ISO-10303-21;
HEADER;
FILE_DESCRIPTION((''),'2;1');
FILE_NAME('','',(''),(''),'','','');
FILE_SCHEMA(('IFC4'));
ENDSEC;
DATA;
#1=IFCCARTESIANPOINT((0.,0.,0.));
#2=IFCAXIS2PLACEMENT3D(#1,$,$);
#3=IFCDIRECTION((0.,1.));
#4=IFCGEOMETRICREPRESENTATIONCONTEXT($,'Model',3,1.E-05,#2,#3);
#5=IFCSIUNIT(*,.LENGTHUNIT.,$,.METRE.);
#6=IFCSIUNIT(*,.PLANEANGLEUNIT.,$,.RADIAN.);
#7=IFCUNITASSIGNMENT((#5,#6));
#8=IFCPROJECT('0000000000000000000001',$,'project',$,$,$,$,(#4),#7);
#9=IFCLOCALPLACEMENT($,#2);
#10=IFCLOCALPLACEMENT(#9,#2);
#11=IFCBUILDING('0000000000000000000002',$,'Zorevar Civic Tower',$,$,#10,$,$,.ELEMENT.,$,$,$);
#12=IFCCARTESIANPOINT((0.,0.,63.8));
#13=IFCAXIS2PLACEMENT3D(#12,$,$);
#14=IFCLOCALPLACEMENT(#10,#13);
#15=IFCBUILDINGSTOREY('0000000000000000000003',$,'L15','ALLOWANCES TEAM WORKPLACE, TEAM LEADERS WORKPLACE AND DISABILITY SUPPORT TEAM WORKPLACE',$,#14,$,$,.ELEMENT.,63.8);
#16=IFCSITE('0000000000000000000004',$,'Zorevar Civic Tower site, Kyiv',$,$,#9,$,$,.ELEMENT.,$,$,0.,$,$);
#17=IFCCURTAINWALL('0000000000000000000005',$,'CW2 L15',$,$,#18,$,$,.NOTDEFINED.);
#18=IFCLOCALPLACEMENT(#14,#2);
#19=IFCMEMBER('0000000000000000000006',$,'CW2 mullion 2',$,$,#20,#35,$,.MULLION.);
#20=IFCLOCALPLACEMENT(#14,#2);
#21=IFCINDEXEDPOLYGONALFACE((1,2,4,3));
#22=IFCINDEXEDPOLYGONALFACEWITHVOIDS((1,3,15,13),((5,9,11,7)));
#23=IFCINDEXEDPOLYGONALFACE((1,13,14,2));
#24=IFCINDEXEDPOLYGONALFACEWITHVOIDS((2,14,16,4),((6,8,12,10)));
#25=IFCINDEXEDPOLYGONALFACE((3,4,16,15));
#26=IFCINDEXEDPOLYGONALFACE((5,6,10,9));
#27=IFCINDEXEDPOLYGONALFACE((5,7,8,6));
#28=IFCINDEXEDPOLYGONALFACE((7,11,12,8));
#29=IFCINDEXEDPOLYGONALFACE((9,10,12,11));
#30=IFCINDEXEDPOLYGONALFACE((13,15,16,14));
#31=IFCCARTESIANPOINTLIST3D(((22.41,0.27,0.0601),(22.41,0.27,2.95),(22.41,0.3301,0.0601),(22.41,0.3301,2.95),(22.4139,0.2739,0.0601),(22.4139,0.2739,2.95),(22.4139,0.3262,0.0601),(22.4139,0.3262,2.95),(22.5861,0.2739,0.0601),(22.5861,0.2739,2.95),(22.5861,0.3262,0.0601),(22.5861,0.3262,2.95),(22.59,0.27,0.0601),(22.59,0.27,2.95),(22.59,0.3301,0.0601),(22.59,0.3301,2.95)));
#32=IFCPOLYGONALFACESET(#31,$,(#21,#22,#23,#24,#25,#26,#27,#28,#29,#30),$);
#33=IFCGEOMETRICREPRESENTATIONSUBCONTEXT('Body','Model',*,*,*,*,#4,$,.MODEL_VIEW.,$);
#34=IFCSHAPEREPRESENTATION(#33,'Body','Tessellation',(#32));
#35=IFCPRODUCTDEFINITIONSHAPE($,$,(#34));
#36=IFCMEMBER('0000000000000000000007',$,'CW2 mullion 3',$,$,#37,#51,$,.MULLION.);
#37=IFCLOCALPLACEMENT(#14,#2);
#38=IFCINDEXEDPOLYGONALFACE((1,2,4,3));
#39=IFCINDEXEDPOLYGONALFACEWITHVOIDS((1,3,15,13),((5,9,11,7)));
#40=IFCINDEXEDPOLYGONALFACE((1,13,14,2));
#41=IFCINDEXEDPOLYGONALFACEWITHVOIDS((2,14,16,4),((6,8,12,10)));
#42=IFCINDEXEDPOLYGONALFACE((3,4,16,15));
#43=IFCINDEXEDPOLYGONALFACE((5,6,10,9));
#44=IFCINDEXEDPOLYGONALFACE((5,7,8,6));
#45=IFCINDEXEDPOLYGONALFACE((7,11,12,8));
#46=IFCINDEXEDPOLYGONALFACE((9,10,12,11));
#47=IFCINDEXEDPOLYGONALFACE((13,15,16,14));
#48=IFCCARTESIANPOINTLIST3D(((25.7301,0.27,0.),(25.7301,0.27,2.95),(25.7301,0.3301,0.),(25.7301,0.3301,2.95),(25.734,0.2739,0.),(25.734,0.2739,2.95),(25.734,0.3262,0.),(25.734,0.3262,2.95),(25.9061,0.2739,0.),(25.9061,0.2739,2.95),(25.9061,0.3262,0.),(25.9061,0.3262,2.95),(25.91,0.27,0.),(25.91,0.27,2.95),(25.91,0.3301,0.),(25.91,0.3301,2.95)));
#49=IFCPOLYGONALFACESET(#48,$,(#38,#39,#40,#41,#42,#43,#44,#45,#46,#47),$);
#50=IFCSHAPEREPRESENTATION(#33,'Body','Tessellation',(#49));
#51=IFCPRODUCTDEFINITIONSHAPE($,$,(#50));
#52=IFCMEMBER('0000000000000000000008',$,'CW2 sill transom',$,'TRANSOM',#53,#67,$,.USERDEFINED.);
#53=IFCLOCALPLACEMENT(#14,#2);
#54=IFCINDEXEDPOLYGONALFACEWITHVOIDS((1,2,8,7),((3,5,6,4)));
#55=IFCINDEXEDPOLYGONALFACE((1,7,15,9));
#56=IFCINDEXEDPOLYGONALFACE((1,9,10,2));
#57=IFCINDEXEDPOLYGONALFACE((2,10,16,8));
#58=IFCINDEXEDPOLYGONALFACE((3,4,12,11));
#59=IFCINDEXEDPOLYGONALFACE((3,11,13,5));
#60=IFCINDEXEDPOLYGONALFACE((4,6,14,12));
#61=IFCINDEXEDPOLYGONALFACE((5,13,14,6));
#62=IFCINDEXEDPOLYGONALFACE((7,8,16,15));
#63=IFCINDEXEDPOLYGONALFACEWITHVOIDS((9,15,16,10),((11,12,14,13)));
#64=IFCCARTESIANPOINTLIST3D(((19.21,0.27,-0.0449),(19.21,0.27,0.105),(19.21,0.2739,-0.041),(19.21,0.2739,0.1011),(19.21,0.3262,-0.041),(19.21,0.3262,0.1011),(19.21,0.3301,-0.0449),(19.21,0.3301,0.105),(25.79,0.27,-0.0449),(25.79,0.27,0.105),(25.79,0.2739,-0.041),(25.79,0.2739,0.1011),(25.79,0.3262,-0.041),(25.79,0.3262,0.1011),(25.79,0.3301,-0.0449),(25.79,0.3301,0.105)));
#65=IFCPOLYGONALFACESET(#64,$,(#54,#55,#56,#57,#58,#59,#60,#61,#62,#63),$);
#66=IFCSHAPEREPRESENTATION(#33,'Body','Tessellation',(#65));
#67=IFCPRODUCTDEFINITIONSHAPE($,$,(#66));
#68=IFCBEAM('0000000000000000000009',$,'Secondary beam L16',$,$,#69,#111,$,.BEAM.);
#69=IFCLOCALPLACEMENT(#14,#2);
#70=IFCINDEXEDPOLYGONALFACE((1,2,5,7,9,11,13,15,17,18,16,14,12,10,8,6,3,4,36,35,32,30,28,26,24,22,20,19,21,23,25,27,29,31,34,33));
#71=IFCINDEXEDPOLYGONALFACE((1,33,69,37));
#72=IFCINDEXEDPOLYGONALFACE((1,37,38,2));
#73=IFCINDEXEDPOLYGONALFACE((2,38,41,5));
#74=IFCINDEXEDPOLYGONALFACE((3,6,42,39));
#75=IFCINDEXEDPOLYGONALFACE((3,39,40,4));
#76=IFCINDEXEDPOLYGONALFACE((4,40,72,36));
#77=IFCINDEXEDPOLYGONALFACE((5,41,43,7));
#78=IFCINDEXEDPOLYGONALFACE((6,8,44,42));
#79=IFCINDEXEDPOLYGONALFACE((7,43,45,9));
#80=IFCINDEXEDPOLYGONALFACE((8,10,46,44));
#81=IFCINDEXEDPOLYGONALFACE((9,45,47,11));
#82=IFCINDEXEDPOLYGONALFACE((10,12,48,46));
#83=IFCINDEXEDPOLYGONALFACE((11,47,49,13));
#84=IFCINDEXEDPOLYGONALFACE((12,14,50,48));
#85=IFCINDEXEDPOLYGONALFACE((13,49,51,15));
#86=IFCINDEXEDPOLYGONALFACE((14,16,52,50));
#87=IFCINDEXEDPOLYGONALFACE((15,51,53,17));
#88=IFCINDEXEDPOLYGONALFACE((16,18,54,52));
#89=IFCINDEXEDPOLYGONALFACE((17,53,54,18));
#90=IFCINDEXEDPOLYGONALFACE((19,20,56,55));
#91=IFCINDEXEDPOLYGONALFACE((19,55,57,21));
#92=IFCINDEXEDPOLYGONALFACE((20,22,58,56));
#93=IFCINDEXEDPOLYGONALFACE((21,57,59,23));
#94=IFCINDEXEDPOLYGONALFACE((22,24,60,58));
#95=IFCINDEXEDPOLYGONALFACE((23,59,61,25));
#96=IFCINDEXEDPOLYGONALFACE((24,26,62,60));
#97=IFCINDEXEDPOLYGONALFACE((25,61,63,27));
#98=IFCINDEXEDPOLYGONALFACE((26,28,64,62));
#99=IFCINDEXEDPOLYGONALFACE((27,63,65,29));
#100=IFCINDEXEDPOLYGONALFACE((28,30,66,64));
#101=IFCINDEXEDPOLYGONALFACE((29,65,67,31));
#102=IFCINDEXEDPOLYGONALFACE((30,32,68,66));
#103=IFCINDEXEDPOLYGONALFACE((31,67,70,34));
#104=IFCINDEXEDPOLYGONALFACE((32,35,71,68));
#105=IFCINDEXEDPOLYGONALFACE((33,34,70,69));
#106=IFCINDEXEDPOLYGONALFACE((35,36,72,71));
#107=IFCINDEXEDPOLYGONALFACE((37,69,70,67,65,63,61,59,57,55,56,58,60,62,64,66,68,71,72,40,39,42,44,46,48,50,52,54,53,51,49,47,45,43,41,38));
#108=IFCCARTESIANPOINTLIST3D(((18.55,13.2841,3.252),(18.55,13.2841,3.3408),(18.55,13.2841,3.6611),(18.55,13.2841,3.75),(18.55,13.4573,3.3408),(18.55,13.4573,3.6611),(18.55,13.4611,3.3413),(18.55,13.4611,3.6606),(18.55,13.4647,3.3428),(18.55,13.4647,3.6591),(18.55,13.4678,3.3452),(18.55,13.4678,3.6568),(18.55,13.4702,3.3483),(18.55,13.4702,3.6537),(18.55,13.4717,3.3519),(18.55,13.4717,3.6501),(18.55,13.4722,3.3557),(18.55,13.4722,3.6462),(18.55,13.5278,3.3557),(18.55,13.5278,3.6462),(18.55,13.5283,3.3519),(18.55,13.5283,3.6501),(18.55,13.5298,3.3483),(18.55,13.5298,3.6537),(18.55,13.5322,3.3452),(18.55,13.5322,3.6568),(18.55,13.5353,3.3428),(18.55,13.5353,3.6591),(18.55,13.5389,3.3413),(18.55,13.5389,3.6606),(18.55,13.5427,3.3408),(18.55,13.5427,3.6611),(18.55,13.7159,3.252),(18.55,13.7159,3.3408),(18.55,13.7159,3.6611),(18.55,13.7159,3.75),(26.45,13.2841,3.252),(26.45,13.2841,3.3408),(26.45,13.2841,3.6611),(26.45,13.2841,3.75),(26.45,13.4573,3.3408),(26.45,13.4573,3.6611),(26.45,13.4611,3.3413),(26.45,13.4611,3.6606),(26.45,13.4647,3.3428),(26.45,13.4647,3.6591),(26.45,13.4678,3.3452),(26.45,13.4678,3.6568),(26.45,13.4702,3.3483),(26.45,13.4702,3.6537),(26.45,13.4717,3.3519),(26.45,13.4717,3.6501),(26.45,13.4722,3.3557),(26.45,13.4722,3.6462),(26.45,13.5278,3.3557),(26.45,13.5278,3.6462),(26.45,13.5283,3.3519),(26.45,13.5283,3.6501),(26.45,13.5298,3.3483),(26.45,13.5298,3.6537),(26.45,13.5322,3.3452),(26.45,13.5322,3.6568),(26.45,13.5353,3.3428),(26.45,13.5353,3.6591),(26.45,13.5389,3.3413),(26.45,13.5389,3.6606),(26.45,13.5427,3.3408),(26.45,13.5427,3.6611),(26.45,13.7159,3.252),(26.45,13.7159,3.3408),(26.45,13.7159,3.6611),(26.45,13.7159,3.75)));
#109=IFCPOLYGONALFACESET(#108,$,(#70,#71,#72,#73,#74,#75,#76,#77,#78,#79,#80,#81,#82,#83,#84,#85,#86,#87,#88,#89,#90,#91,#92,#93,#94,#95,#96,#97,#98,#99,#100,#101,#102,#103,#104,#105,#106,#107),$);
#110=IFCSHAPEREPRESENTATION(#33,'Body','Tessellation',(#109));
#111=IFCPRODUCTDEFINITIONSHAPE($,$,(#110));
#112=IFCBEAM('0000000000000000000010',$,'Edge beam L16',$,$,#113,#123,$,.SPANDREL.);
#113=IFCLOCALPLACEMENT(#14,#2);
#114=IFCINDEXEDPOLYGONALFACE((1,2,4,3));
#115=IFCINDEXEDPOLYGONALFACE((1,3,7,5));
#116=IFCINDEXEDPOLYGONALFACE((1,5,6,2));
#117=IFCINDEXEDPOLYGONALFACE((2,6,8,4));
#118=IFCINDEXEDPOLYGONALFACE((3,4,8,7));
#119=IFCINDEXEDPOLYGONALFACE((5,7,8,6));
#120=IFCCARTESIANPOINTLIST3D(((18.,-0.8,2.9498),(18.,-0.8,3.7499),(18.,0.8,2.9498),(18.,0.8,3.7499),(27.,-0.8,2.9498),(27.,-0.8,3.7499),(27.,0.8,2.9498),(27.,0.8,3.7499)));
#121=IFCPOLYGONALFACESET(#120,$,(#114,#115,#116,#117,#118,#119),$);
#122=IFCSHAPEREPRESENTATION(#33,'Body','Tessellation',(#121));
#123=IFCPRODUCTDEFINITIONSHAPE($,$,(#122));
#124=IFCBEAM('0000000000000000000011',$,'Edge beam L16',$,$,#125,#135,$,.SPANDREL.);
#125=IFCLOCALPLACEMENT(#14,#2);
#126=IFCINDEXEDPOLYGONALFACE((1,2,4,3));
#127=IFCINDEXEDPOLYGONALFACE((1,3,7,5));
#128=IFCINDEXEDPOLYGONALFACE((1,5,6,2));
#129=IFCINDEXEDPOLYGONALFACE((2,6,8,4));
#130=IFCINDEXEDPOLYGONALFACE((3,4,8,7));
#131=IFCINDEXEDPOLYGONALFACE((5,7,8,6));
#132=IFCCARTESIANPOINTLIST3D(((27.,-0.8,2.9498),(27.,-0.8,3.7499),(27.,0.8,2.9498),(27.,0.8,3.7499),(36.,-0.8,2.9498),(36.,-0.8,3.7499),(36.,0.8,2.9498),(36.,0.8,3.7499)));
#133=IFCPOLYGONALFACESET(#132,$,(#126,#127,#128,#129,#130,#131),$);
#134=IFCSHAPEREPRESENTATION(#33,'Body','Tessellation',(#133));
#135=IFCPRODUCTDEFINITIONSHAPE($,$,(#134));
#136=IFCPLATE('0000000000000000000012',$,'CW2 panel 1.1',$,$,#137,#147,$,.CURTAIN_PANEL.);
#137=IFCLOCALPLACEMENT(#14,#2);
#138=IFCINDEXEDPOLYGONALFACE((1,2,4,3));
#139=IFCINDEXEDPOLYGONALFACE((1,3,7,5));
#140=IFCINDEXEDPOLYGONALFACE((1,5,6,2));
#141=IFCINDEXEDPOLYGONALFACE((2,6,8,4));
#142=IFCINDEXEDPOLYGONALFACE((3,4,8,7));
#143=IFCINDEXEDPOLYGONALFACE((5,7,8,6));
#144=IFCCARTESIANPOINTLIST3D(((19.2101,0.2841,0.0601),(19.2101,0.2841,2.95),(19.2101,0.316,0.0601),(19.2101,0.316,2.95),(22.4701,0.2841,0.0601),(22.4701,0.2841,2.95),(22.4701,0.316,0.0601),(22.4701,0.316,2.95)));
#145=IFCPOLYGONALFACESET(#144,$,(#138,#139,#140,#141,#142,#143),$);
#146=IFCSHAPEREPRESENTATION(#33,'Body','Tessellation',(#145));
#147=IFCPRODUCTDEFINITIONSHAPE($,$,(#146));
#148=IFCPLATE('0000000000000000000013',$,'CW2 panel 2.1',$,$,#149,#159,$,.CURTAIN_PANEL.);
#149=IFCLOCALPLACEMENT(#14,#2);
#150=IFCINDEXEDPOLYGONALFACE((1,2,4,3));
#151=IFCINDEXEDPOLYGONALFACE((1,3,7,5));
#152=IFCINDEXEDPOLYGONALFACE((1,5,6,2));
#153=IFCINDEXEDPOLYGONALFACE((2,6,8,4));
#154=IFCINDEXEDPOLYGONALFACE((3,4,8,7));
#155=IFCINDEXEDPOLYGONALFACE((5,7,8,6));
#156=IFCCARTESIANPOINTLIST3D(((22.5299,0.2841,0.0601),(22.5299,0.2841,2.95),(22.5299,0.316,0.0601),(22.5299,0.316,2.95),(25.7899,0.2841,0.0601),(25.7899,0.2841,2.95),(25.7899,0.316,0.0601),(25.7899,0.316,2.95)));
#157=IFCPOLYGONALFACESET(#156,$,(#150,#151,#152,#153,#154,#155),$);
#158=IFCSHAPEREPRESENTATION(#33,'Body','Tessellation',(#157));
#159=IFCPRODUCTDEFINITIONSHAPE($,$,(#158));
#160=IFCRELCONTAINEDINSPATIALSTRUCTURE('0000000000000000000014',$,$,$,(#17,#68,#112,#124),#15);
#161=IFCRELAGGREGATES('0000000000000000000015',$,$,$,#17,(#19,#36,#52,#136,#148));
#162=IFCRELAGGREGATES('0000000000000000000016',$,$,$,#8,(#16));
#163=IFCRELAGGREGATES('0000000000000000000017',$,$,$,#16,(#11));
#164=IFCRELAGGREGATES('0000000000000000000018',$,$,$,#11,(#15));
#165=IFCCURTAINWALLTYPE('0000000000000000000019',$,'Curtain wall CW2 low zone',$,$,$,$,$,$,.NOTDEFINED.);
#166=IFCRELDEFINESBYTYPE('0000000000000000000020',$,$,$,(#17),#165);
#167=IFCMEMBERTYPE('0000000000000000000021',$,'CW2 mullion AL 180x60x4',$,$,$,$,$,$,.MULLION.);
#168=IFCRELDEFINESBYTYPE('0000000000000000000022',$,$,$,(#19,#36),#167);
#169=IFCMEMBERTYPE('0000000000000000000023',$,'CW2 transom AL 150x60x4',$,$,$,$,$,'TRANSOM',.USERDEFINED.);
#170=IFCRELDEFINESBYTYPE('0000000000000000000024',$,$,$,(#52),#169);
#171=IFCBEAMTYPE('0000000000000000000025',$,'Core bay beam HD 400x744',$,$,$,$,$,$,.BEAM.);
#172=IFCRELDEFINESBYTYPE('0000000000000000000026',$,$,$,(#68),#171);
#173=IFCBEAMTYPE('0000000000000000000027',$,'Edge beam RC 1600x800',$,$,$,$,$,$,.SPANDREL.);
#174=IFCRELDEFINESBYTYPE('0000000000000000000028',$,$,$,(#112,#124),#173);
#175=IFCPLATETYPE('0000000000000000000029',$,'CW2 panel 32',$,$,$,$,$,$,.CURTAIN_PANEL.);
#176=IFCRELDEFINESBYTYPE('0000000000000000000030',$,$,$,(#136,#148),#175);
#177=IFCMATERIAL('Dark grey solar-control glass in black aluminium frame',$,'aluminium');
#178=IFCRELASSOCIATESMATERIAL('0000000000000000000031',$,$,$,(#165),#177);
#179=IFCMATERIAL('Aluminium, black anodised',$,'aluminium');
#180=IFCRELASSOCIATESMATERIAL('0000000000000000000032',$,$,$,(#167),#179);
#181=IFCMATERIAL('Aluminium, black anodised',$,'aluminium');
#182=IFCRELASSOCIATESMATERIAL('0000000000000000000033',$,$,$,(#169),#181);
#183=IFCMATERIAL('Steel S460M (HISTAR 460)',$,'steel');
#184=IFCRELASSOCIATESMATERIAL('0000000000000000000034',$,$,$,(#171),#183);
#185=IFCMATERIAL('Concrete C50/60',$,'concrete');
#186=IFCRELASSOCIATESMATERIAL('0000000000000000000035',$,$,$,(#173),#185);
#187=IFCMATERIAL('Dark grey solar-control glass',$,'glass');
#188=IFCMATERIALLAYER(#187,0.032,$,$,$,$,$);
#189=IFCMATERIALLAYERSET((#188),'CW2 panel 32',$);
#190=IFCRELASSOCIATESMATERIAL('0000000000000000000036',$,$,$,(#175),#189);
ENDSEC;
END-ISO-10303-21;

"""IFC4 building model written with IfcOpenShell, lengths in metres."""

from ifc_helpers import new_model, si_unit, direction, frame, origin, origin_2d, place, context, subcontext, project, spatial, rectangle, hollow_rectangle, i_section, extrude, material, layer, layer_set, material_profile, profile_set, type_object, element, aggregate, save


model = new_model("IFC4")

# Units and contexts
model_context = context("Model", 3, precision=1e-05, world=origin(), true_north=direction((0.0, 1.0)))
body_context = subcontext(model_context, "Body", "Model", "MODEL_VIEW")
ifc_project = project(units=[si_unit("LENGTHUNIT", "METRE"), si_unit("PLANEANGLEUNIT", "RADIAN")], contexts=[model_context])

# Site, building, storey
site_placement = place(None, origin())
site = spatial("IfcSite", under=ifc_project, at=site_placement, Name="Zorevar Civic Tower site, Kyiv", CompositionType="ELEMENT", RefElevation=0.0)
building_placement = place(site_placement, origin())
building = spatial("IfcBuilding", under=site, at=building_placement, Name="Zorevar Civic Tower", CompositionType="ELEMENT")
storey_placement = place(building_placement, frame((0.0, 0.0, 63.8)))
storey = spatial("IfcBuildingStorey", under=building, at=storey_placement, Name="L15", Description="ALLOWANCES TEAM WORKPLACE, TEAM LEADERS WORKPLACE AND DISABILITY SUPPORT TEAM WORKPLACE", CompositionType="ELEMENT", Elevation=63.8)

# Shared definitions
ifc_material_1 = material(Name="Dark grey solar-control glass in black aluminium frame", Category="aluminium")
curtain_wall_type = type_object("IfcCurtainWallType", Name="Curtain wall CW2 low zone", PredefinedType="NOTDEFINED", material=ifc_material_1)
ifc_material_2 = material(Name="Aluminium, black anodised", Category="aluminium")
ifc_material_profile_1 = material_profile(ifc_material_2, hollow_rectangle(XDim=0.0601, YDim=0.1799, WallThickness=0.0039, at=origin_2d()), Name="AL 180x60x4")
ifc_profile_set_1 = profile_set([ifc_material_profile_1], Name="Aluminium, black anodised")
member_type_1 = type_object("IfcMemberType", Name="CW2 mullion AL 180x60x4", PredefinedType="MULLION", material=ifc_profile_set_1)

# Curtain wall, members
curtain_wall_1_placement = place(storey_placement, origin())
curtain_wall_1 = element("IfcCurtainWall", 1, at=curtain_wall_1_placement, inside=storey, type_object=curtain_wall_type, Name="CW2 L15", PredefinedType="NOTDEFINED")
member_1_placement = place(storey_placement, frame((22.5, 0.3, 0.0601), z_axis=(0.0, 0.0, 1.0), x_axis=(0.0, 1.0, 0.0)))
member_1 = element("IfcMember", 2, at=member_1_placement, type_object=member_type_1, Name="CW2 mullion 2", PredefinedType="MULLION", context=body_context, shape_type="SweptSolid", body=[
    extrude(hollow_rectangle(XDim=0.0601, YDim=0.1799, WallThickness=0.0039, at=origin_2d()), origin(), (0.0, 0.0, 1.0), 2.8899),
])
member_2_placement = place(storey_placement, frame((25.8201, 0.3, 0.0), z_axis=(0.0, 0.0, 1.0), x_axis=(0.0, 1.0, 0.0)))
member_2 = element("IfcMember", 3, at=member_2_placement, type_object=member_type_1, Name="CW2 mullion 3", PredefinedType="MULLION", context=body_context, shape_type="SweptSolid", body=[
    extrude(hollow_rectangle(XDim=0.0601, YDim=0.1799, WallThickness=0.0039, at=origin_2d()), origin(), (0.0, 0.0, 1.0), 2.95),
])
ifc_material_3 = material(Name="Aluminium, black anodised", Category="aluminium")
ifc_material_profile_2 = material_profile(ifc_material_3, hollow_rectangle(XDim=0.0601, YDim=0.1499, WallThickness=0.0039, at=origin_2d()), Name="AL 150x60x4")
ifc_profile_set_2 = profile_set([ifc_material_profile_2], Name="Aluminium, black anodised")
member_type_2 = type_object("IfcMemberType", Name="CW2 transom AL 150x60x4", ElementType="TRANSOM", PredefinedType="USERDEFINED", material=ifc_profile_set_2)
member_3_placement = place(storey_placement, frame((19.21, 0.3, 0.03), z_axis=(1.0, 0.0, 0.0), x_axis=(0.0, 1.0, 0.0)))
member_3 = element("IfcMember", 4, at=member_3_placement, type_object=member_type_2, Name="CW2 sill transom", ObjectType="TRANSOM", PredefinedType="USERDEFINED", context=body_context, shape_type="SweptSolid", body=[
    extrude(hollow_rectangle(XDim=0.0601, YDim=0.1499, WallThickness=0.0039, at=origin_2d()), origin(), (0.0, 0.0, 1.0), 6.5801),
])

# Beams
ifc_material_4 = material(Name="Steel S460M (HISTAR 460)", Category="steel")
ifc_material_profile_3 = material_profile(ifc_material_4, i_section(OverallWidth=0.4319, OverallDepth=0.498, WebThickness=0.0557, FlangeThickness=0.0889, FilletRadius=0.0149, at=origin_2d()), Name="HD 400x744")
ifc_profile_set_3 = profile_set([ifc_material_profile_3], Name="Steel S460M (HISTAR 460)")
beam_type_1 = type_object("IfcBeamType", Name="Core bay beam HD 400x744", PredefinedType="BEAM", material=ifc_profile_set_3)
beam_1_placement = place(storey_placement, frame((18.55, 13.5, 3.501), z_axis=(1.0, 0.0, 0.0), x_axis=(0.0, 1.0, 0.0)))
element("IfcBeam", 5, at=beam_1_placement, inside=storey, type_object=beam_type_1, Name="Secondary beam L16", PredefinedType="BEAM", context=body_context, shape_type="SweptSolid", body=[
    extrude(i_section(OverallWidth=0.4319, OverallDepth=0.498, WebThickness=0.0557, FlangeThickness=0.0889, FilletRadius=0.0149, at=origin_2d()), origin(), (0.0, 0.0, 1.0), 7.8999),
])
ifc_material_5 = material(Name="Concrete C50/60", Category="concrete")
ifc_material_profile_4 = material_profile(ifc_material_5, rectangle(XDim=1.6001, YDim=0.8, at=origin_2d()), Name="RC 1600x800")
ifc_profile_set_4 = profile_set([ifc_material_profile_4], Name="Concrete C50/60")
beam_type_2 = type_object("IfcBeamType", Name="Edge beam RC 1600x800", PredefinedType="SPANDREL", material=ifc_profile_set_4)
for number, where, z_axis, x_axis, name in (
    (6, (18.0, 0.0, 3.3499), (1.0, 0.0, 0.0), (0.0, 1.0, 0.0), "Edge beam L16"),
    (7, (27.0, 0.0, 3.3499), (1.0, 0.0, 0.0), (0.0, 1.0, 0.0), "Edge beam L16"),
):
    element("IfcBeam", number, at=place(storey_placement, frame(where, z_axis=z_axis, x_axis=x_axis)), inside=storey, type_object=beam_type_2, Name=name, PredefinedType="SPANDREL", context=body_context, shape_type="SweptSolid", body=[
        extrude(rectangle(XDim=1.6001, YDim=0.8, at=origin_2d()), origin(), (0.0, 0.0, 1.0), 9.0),
    ])

# Plates
ifc_material_6 = material(Name="Dark grey solar-control glass", Category="glass")
ifc_layer_1 = layer(ifc_material_6, 0.032)
ifc_layer_set_1 = layer_set([ifc_layer_1], Name="CW2 panel 32")
plate_type = type_object("IfcPlateType", Name="CW2 panel 32", PredefinedType="CURTAIN_PANEL", material=ifc_layer_set_1)
plate_1_placement = place(storey_placement, frame((20.8401, 0.3, 0.0601), z_axis=(0.0, 0.0, 1.0), x_axis=(1.0, 0.0, 0.0)))
plate_1 = element("IfcPlate", 8, at=plate_1_placement, type_object=plate_type, Name="CW2 panel 1.1", PredefinedType="CURTAIN_PANEL", context=body_context, shape_type="SweptSolid", body=[
    extrude(rectangle(XDim=3.26, YDim=0.032, at=origin_2d()), origin(), (0.0, 0.0, 1.0), 2.8899),
])
plate_2_placement = place(storey_placement, frame((24.1599, 0.3, 0.0601), z_axis=(0.0, 0.0, 1.0), x_axis=(1.0, 0.0, 0.0)))
plate_2 = element("IfcPlate", 9, at=plate_2_placement, type_object=plate_type, Name="CW2 panel 2.1", PredefinedType="CURTAIN_PANEL", context=body_context, shape_type="SweptSolid", body=[
    extrude(rectangle(XDim=3.26, YDim=0.032, at=origin_2d()), origin(), (0.0, 0.0, 1.0), 2.8899),
])
aggregate(curtain_wall_1, [member_1, member_2, member_3, plate_1, plate_2])

save(model, "model.ifc")
